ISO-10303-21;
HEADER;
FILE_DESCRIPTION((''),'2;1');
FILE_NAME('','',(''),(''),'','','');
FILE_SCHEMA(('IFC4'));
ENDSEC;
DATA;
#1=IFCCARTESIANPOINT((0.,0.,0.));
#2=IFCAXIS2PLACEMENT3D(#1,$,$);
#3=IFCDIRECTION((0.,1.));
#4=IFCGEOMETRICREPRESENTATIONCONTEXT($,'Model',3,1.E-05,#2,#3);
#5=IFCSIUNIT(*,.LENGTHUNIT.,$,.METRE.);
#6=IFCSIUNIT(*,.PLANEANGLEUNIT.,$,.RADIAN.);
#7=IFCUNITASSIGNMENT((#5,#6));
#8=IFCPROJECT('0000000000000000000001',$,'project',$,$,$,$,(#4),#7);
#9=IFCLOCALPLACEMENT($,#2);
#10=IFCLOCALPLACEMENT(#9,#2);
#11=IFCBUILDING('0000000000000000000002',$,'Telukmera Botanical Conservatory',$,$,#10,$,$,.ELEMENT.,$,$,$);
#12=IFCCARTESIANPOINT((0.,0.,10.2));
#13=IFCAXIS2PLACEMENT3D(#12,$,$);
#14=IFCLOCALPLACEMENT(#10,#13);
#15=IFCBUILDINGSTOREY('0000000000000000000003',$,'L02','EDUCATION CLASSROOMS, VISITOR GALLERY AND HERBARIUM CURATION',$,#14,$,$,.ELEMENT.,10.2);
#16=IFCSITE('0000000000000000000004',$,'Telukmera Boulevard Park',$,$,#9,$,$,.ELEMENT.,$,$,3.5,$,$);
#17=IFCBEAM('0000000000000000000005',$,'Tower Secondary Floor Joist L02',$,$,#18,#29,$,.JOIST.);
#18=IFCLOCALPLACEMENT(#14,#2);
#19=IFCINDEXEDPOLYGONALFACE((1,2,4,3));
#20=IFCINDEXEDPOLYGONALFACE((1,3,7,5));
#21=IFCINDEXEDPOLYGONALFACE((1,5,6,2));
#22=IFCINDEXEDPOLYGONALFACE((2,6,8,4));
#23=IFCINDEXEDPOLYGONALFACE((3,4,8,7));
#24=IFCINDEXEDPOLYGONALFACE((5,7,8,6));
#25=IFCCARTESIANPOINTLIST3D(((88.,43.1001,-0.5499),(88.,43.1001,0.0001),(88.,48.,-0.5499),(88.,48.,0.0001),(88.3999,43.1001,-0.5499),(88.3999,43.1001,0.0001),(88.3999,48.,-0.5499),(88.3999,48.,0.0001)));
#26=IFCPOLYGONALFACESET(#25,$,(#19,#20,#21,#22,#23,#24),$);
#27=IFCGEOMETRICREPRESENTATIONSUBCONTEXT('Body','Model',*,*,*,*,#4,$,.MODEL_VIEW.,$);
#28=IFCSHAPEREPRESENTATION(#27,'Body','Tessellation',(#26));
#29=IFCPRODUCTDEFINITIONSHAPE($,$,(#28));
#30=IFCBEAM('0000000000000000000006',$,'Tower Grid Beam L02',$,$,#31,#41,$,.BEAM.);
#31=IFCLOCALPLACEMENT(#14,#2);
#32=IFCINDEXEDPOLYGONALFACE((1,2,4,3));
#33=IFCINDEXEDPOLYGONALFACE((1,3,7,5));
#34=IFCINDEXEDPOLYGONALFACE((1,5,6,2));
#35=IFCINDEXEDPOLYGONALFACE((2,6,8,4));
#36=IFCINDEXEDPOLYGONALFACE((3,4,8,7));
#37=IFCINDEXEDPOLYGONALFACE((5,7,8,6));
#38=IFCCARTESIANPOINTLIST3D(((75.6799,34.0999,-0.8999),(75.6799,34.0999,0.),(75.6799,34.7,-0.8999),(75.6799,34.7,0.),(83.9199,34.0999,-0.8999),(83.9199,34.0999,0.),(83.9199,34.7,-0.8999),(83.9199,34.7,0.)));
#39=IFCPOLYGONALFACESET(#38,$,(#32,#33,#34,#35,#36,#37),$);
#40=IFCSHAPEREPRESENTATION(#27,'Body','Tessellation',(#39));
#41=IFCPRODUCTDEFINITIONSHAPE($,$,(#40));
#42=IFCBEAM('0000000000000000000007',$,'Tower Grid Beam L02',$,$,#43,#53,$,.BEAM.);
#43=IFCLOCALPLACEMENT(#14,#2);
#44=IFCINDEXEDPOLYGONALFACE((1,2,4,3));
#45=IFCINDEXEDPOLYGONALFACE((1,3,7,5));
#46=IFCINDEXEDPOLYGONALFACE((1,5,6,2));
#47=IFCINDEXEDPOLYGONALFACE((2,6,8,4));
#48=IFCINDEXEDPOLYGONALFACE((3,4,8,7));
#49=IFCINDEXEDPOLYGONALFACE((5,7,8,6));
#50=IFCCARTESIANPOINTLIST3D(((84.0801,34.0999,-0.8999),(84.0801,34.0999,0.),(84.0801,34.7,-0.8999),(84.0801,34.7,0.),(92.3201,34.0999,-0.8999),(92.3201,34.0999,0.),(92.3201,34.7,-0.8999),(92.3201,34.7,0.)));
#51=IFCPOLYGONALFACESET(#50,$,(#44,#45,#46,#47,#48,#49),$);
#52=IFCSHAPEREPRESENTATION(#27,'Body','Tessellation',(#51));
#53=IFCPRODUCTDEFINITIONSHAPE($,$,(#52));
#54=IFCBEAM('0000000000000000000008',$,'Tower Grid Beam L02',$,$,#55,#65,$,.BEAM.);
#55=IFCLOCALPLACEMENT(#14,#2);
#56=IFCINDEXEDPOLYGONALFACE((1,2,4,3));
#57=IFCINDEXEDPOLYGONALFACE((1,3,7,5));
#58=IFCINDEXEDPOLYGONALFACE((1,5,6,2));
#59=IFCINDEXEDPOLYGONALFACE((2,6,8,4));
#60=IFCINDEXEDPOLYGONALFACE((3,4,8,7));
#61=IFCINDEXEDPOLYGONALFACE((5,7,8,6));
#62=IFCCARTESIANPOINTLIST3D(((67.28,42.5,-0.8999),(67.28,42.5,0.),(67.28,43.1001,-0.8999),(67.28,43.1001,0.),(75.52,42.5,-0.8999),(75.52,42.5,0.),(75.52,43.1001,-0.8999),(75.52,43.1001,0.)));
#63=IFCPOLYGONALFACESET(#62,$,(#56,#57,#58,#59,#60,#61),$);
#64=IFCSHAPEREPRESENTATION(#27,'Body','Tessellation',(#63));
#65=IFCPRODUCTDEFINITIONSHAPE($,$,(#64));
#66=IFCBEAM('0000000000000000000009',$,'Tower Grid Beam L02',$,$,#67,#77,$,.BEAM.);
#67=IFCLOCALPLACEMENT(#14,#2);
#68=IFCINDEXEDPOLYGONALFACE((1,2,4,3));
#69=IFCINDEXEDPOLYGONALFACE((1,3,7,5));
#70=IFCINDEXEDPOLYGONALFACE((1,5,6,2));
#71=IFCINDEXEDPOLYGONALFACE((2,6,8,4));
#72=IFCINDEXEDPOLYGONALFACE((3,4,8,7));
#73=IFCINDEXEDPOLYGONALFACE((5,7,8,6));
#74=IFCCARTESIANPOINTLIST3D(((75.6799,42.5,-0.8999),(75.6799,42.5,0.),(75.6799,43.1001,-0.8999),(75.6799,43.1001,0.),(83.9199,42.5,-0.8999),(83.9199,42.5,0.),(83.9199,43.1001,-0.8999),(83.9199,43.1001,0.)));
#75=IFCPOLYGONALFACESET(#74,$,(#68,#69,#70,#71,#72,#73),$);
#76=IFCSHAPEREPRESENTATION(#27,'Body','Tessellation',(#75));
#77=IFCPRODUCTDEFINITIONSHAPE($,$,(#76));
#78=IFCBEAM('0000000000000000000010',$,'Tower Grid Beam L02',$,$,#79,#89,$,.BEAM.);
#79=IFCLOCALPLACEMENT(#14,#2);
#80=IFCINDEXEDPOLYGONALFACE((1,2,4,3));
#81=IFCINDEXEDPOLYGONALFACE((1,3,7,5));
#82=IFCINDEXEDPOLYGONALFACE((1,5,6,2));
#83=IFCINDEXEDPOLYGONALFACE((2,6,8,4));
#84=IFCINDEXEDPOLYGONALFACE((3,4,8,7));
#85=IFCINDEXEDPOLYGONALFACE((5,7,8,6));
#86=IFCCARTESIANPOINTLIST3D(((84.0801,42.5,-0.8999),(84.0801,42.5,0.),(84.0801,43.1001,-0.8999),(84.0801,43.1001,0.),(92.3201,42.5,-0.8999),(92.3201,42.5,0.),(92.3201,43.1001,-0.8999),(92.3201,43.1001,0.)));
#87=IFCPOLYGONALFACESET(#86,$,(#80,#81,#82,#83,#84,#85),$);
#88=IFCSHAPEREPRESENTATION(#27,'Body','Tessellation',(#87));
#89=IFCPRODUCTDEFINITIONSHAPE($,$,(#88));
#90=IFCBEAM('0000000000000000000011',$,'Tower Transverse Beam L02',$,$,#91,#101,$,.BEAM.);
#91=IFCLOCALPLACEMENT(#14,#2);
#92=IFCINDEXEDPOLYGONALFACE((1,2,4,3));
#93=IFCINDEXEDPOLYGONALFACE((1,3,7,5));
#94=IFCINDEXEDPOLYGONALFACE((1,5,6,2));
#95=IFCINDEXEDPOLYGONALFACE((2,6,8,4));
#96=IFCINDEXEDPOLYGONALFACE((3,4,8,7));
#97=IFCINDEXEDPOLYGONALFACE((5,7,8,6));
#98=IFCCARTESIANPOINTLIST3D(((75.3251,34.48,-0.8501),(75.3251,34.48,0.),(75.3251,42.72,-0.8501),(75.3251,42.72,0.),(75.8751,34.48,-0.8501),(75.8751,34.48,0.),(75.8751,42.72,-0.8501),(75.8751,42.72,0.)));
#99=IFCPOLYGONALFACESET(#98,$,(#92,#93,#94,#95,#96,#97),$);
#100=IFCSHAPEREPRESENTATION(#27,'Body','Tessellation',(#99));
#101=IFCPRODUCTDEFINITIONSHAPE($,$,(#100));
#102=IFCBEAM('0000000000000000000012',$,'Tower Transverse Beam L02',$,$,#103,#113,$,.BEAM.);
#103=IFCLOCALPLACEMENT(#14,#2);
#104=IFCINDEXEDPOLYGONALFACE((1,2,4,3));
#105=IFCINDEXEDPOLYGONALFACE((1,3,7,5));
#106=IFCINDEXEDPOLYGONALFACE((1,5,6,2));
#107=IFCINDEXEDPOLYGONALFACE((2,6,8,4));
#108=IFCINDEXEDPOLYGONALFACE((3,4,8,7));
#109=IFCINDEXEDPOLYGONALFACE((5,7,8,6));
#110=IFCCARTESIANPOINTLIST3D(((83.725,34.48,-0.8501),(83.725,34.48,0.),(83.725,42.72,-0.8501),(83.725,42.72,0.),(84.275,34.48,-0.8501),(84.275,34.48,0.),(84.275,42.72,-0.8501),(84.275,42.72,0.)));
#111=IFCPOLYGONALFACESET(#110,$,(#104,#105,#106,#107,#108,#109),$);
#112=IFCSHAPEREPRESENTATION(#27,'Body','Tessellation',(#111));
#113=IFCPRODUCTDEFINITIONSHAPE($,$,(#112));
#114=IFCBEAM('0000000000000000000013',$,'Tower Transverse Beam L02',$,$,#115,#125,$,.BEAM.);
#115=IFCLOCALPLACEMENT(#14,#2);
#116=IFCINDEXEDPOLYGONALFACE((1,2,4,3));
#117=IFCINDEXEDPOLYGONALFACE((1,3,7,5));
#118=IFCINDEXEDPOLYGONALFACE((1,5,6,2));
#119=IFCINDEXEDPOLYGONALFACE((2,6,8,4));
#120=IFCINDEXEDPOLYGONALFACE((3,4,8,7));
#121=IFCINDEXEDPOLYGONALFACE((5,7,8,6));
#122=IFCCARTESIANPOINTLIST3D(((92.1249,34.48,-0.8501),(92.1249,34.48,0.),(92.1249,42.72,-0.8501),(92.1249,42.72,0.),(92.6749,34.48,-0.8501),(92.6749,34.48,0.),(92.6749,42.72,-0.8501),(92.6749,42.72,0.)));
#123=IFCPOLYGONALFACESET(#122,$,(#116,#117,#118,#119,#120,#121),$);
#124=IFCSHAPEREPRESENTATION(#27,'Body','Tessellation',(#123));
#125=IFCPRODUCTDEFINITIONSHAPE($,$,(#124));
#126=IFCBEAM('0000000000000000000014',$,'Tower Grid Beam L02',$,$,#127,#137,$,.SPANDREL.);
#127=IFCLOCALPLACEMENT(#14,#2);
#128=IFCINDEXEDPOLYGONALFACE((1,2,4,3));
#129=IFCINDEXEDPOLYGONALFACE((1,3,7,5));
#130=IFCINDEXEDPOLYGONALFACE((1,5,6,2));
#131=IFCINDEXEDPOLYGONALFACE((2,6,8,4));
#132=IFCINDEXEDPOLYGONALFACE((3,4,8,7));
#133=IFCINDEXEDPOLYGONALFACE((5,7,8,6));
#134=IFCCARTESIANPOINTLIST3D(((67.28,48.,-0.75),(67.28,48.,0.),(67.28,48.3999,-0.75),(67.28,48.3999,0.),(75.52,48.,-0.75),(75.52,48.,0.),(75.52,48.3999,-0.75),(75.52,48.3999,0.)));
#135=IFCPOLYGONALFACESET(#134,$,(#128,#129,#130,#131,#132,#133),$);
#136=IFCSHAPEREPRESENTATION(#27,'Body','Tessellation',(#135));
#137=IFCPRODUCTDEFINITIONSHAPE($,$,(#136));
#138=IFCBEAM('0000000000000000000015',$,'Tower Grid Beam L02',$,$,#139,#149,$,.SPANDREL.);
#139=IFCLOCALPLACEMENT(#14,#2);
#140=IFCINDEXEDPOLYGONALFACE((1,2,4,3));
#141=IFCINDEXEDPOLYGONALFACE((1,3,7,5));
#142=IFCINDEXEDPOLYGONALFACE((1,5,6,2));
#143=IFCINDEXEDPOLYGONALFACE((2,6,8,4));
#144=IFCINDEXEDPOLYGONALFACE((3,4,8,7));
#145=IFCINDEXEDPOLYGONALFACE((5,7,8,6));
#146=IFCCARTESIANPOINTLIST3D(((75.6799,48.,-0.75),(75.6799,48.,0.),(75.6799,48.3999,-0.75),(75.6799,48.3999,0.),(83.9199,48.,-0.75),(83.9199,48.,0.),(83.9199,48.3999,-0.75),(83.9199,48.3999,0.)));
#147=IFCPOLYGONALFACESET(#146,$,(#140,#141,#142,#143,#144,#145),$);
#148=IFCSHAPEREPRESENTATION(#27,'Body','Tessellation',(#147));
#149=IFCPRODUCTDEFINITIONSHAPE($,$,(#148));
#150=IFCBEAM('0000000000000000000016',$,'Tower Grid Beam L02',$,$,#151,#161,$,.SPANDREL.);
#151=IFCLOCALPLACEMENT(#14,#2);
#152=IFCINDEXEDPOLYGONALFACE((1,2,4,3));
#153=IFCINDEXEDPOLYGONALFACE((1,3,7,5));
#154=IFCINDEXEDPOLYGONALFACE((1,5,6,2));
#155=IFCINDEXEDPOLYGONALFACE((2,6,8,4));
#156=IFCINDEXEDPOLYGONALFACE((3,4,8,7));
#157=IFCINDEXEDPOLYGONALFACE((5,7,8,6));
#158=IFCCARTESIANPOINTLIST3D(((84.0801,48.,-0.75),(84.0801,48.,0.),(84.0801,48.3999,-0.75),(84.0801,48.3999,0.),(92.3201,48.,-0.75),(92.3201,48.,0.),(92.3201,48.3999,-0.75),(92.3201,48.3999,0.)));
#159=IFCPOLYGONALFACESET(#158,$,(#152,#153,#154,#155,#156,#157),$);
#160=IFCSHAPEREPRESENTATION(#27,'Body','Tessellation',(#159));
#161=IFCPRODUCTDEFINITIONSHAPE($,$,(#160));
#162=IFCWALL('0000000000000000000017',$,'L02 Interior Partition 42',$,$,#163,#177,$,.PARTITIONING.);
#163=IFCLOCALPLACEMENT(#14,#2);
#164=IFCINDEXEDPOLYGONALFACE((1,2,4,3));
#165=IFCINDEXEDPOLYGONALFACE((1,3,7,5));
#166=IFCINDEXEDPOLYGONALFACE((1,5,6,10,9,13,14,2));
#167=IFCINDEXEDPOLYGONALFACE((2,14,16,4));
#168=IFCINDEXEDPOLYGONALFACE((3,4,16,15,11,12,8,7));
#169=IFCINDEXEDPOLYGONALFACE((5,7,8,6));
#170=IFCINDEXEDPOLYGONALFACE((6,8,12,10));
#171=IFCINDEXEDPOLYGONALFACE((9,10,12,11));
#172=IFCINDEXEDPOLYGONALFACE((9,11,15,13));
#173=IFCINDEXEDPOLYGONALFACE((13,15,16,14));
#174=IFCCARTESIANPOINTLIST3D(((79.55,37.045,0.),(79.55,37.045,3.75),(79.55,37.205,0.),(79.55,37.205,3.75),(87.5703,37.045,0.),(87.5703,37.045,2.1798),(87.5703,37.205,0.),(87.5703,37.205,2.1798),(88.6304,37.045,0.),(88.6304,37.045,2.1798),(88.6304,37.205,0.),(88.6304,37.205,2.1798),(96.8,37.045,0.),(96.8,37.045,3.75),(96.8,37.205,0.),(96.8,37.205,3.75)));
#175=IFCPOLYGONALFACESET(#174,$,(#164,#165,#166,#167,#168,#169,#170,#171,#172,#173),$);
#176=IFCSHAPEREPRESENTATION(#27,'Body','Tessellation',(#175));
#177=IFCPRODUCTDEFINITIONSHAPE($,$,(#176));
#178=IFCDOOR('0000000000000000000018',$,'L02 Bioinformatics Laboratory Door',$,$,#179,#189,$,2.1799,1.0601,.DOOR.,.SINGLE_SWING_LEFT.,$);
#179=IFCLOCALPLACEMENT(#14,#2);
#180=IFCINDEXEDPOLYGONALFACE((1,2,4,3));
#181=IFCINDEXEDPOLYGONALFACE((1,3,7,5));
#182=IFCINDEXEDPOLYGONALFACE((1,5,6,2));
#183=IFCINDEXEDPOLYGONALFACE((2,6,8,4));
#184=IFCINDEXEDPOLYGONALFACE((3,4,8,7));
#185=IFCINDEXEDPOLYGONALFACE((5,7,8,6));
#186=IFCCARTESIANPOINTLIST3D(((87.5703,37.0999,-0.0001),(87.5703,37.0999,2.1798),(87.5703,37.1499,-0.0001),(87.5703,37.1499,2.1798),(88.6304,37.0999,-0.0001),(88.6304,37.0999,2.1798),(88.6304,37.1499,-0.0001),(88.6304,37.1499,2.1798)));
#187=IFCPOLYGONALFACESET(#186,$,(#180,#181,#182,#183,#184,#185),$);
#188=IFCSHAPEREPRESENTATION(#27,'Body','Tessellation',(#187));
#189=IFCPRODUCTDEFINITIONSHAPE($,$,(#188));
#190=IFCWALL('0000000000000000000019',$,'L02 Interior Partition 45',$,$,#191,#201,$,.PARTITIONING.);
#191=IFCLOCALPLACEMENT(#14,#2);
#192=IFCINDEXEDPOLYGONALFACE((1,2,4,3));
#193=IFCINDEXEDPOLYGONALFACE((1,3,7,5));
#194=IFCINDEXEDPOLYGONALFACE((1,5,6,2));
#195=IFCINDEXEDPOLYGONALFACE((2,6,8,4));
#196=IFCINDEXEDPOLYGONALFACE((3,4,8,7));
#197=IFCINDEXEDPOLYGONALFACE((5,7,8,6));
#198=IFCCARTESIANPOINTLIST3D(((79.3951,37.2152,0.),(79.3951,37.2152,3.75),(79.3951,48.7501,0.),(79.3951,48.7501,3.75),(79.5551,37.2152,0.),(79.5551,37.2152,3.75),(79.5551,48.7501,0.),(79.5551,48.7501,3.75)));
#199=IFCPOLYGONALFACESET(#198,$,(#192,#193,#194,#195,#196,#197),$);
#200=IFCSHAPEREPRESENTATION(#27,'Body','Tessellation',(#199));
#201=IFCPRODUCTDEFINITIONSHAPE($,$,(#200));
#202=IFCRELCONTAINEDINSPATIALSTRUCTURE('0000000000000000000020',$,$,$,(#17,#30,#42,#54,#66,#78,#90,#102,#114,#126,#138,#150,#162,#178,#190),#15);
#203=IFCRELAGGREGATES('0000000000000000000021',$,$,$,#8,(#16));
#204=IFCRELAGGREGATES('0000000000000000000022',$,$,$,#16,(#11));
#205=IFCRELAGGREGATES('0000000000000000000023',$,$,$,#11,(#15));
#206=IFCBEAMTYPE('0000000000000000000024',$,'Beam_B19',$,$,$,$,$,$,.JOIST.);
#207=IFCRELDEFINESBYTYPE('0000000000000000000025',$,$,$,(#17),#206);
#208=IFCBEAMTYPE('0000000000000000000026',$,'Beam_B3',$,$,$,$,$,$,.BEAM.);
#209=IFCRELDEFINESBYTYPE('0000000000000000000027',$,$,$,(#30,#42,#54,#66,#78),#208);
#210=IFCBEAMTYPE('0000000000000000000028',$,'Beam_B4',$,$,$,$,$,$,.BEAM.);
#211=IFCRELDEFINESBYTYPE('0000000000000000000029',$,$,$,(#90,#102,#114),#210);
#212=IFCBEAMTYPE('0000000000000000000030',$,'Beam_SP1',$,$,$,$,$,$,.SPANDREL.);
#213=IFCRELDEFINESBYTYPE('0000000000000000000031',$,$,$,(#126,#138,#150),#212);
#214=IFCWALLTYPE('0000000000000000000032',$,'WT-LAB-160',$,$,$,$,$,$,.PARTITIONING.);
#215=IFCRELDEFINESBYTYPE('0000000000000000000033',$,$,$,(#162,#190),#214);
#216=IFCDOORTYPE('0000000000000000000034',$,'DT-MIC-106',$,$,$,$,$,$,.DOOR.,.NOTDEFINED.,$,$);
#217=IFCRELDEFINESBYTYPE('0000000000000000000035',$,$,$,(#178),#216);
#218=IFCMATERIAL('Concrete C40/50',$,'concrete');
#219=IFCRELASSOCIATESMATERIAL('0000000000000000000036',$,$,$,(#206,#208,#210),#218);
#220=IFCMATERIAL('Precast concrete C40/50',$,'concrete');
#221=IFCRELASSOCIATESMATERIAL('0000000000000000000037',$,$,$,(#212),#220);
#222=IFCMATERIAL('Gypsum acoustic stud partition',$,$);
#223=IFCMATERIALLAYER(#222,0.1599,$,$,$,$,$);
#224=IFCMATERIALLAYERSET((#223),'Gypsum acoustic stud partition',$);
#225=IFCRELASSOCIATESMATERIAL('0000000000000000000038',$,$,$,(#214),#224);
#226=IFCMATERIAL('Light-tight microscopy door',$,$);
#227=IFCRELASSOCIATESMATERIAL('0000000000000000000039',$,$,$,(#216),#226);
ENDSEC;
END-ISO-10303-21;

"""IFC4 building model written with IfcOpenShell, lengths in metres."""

from ifc_helpers import new_model, si_unit, direction, frame, frame_2d, origin, origin_2d, place, context, subcontext, project, spatial, rectangle, extrude, material, layer, layer_set, material_profile, profile_set, type_object, element, fill, save


model = new_model("IFC4")

# Units and contexts
model_context = context("Model", 3, precision=1e-05, world=origin(), true_north=direction((0.0, 1.0)))
body_context = subcontext(model_context, "Body", "Model", "MODEL_VIEW")
ifc_project = project(units=[si_unit("LENGTHUNIT", "METRE"), si_unit("PLANEANGLEUNIT", "RADIAN")], contexts=[model_context])

# Site, building, storey
site_placement = place(None, origin())
site = spatial("IfcSite", under=ifc_project, at=site_placement, Name="Telukmera Boulevard Park", CompositionType="ELEMENT", RefElevation=3.5)
building_placement = place(site_placement, origin())
building = spatial("IfcBuilding", under=site, at=building_placement, Name="Telukmera Botanical Conservatory", CompositionType="ELEMENT")
storey_placement = place(building_placement, frame((0.0, 0.0, 10.2)))
storey = spatial("IfcBuildingStorey", under=building, at=storey_placement, Name="L02", Description="EDUCATION CLASSROOMS, VISITOR GALLERY AND HERBARIUM CURATION", CompositionType="ELEMENT", Elevation=10.2)

# Beams
ifc_material_1 = material(Name="Concrete C40/50", Category="concrete")
ifc_material_profile_1 = material_profile(ifc_material_1, rectangle(XDim=0.3999, YDim=0.55, at=origin_2d()), Name="RC 400x550")
ifc_profile_set_1 = profile_set([ifc_material_profile_1], Name="Concrete C40/50")
beam_type_1 = type_object("IfcBeamType", Name="Beam_B19", PredefinedType="JOIST", material=ifc_profile_set_1)
beam_1_placement = place(storey_placement, frame((88.2, 43.1001, -0.2749), z_axis=(0.0, 1.0, 0.0), x_axis=(-1.0, 0.0, 0.0)))
element("IfcBeam", 1, at=beam_1_placement, inside=storey, type_object=beam_type_1, Name="Tower Secondary Floor Joist L02", PredefinedType="JOIST", context=body_context, shape_type="SweptSolid", body=[
    extrude(rectangle(XDim=0.3999, YDim=0.55, at=origin_2d()), origin(), (0.0, 0.0, 1.0), 4.8999),
])
ifc_material_profile_2 = material_profile(ifc_material_1, rectangle(XDim=0.6001, YDim=0.8999, at=origin_2d()), Name="RC 600x900")
ifc_profile_set_2 = profile_set([ifc_material_profile_2], Name="Concrete C40/50")
beam_type_2 = type_object("IfcBeamType", Name="Beam_B3", PredefinedType="BEAM", material=ifc_profile_set_2)
for number, where, z_axis, x_axis, name in (
    (2, (75.6799, 34.3999, -0.45), (1.0, 0.0, 0.0), (0.0, 1.0, 0.0), "Tower Grid Beam L02"),
    (3, (84.0801, 34.3999, -0.45), (1.0, 0.0, 0.0), (0.0, 1.0, 0.0), "Tower Grid Beam L02"),
    (4, (67.28, 42.8, -0.45), (1.0, 0.0, 0.0), (0.0, 1.0, 0.0), "Tower Grid Beam L02"),
    (5, (75.6799, 42.8, -0.45), (1.0, 0.0, 0.0), (0.0, 1.0, 0.0), "Tower Grid Beam L02"),
    (6, (84.0801, 42.8, -0.45), (1.0, 0.0, 0.0), (0.0, 1.0, 0.0), "Tower Grid Beam L02"),
):
    element("IfcBeam", number, at=place(storey_placement, frame(where, z_axis=z_axis, x_axis=x_axis)), inside=storey, type_object=beam_type_2, Name=name, PredefinedType="BEAM", context=body_context, shape_type="SweptSolid", body=[
        extrude(rectangle(XDim=0.6001, YDim=0.8999, at=origin_2d()), origin(), (0.0, 0.0, 1.0), 8.24),
    ])
ifc_material_profile_3 = material_profile(ifc_material_1, rectangle(XDim=0.55, YDim=0.8501, at=origin_2d()), Name="RC 550x850")
ifc_profile_set_3 = profile_set([ifc_material_profile_3], Name="Concrete C40/50")
beam_type_3 = type_object("IfcBeamType", Name="Beam_B4", PredefinedType="BEAM", material=ifc_profile_set_3)
for number, where, z_axis, x_axis, name in (
    (7, (75.6001, 34.48, -0.425), (0.0, 1.0, 0.0), (-1.0, 0.0, 0.0), "Tower Transverse Beam L02"),
    (8, (84.0, 34.48, -0.425), (0.0, 1.0, 0.0), (-1.0, 0.0, 0.0), "Tower Transverse Beam L02"),
    (9, (92.3999, 34.48, -0.425), (0.0, 1.0, 0.0), (-1.0, 0.0, 0.0), "Tower Transverse Beam L02"),
):
    element("IfcBeam", number, at=place(storey_placement, frame(where, z_axis=z_axis, x_axis=x_axis)), inside=storey, type_object=beam_type_3, Name=name, PredefinedType="BEAM", context=body_context, shape_type="SweptSolid", body=[
        extrude(rectangle(XDim=0.55, YDim=0.8501, at=origin_2d()), origin(), (0.0, 0.0, 1.0), 8.24),
    ])
ifc_material_2 = material(Name="Precast concrete C40/50", Category="concrete")
ifc_material_profile_4 = material_profile(ifc_material_2, rectangle(XDim=0.3999, YDim=0.75, at=origin_2d()), Name="PC 400x750")
ifc_profile_set_4 = profile_set([ifc_material_profile_4], Name="Precast concrete C40/50")
beam_type_4 = type_object("IfcBeamType", Name="Beam_SP1", PredefinedType="SPANDREL", material=ifc_profile_set_4)
for number, where, z_axis, x_axis, name in (
    (10, (67.28, 48.2, -0.375), (1.0, 0.0, 0.0), (0.0, 1.0, 0.0), "Tower Grid Beam L02"),
    (11, (75.6799, 48.2, -0.375), (1.0, 0.0, 0.0), (0.0, 1.0, 0.0), "Tower Grid Beam L02"),
    (12, (84.0801, 48.2, -0.375), (1.0, 0.0, 0.0), (0.0, 1.0, 0.0), "Tower Grid Beam L02"),
):
    element("IfcBeam", number, at=place(storey_placement, frame(where, z_axis=z_axis, x_axis=x_axis)), inside=storey, type_object=beam_type_4, Name=name, PredefinedType="SPANDREL", context=body_context, shape_type="SweptSolid", body=[
        extrude(rectangle(XDim=0.3999, YDim=0.75, at=origin_2d()), origin(), (0.0, 0.0, 1.0), 8.24),
    ])

# Wall, opening, door
ifc_material_3 = material(Name="Gypsum acoustic stud partition")
ifc_layer = layer(ifc_material_3, 0.1599)
ifc_layer_set = layer_set([ifc_layer], Name="Gypsum acoustic stud partition")
wall_type = type_object("IfcWallType", Name="WT-LAB-160", PredefinedType="PARTITIONING", material=ifc_layer_set)
wall_1_placement = place(storey_placement, frame((79.55, 37.125, 0.0), z_axis=(0.0, 0.0, 1.0), x_axis=(1.0, 0.0, 0.0)))
wall_1 = element("IfcWall", 13, at=wall_1_placement, inside=storey, type_object=wall_type, Name="L02 Interior Partition 42", PredefinedType="PARTITIONING", context=body_context, shape_type="SweptSolid", body=[
    extrude(rectangle(XDim=17.25, YDim=0.1599, at=frame_2d((8.625, 0.0))), origin(), (0.0, 0.0, 1.0), 3.75),
])
opening_placement = place(wall_1_placement, frame((8.0203, 0.0, 0.0)))
opening = element("IfcOpeningElement", 14, at=opening_placement, cuts=wall_1, PredefinedType="OPENING", context=body_context, shape_type="SweptSolid", body=[
    extrude(rectangle(XDim=1.0601, YDim=2.1799, at=frame_2d((0.53, 1.0898))), frame((0.0, 0.0898, 0.0), z_axis=(0.0, -1.0, 0.0), x_axis=(1.0, 0.0, 0.0)), (0.0, 0.0, 1.0), 0.1799),
])
ifc_material_4 = material(Name="Light-tight microscopy door")
door_type = type_object("IfcDoorType", Name="DT-MIC-106", OperationType="NOTDEFINED", PredefinedType="DOOR", material=ifc_material_4)
door_placement = place(opening_placement, origin())
door = element("IfcDoor", 15, at=door_placement, inside=storey, type_object=door_type, Name="L02 Bioinformatics Laboratory Door", OperationType="SINGLE_SWING_LEFT", OverallHeight=2.1799, OverallWidth=1.0601, PredefinedType="DOOR", context=body_context, shape_type="SweptSolid", body=[
    extrude(rectangle(XDim=1.0601, YDim=2.1799, at=frame_2d((0.53, 1.0898))), frame((0.0, 0.0249, 0.0), z_axis=(0.0, -1.0, 0.0), x_axis=(1.0, 0.0, 0.0)), (0.0, 0.0, 1.0), 0.05),
])
fill(opening, door)

# Wall
wall_2_placement = place(storey_placement, frame((79.4751, 37.2151, 0.0), z_axis=(0.0, 0.0, 1.0), x_axis=(0.0, 1.0, 0.0)))
element("IfcWall", 16, at=wall_2_placement, inside=storey, type_object=wall_type, Name="L02 Interior Partition 45", PredefinedType="PARTITIONING", context=body_context, shape_type="SweptSolid", body=[
    extrude(rectangle(XDim=11.5349, YDim=0.1599, at=frame_2d((5.7676, 0.0))), origin(), (0.0, 0.0, 1.0), 3.75),
])

save(model, "model.ifc")
